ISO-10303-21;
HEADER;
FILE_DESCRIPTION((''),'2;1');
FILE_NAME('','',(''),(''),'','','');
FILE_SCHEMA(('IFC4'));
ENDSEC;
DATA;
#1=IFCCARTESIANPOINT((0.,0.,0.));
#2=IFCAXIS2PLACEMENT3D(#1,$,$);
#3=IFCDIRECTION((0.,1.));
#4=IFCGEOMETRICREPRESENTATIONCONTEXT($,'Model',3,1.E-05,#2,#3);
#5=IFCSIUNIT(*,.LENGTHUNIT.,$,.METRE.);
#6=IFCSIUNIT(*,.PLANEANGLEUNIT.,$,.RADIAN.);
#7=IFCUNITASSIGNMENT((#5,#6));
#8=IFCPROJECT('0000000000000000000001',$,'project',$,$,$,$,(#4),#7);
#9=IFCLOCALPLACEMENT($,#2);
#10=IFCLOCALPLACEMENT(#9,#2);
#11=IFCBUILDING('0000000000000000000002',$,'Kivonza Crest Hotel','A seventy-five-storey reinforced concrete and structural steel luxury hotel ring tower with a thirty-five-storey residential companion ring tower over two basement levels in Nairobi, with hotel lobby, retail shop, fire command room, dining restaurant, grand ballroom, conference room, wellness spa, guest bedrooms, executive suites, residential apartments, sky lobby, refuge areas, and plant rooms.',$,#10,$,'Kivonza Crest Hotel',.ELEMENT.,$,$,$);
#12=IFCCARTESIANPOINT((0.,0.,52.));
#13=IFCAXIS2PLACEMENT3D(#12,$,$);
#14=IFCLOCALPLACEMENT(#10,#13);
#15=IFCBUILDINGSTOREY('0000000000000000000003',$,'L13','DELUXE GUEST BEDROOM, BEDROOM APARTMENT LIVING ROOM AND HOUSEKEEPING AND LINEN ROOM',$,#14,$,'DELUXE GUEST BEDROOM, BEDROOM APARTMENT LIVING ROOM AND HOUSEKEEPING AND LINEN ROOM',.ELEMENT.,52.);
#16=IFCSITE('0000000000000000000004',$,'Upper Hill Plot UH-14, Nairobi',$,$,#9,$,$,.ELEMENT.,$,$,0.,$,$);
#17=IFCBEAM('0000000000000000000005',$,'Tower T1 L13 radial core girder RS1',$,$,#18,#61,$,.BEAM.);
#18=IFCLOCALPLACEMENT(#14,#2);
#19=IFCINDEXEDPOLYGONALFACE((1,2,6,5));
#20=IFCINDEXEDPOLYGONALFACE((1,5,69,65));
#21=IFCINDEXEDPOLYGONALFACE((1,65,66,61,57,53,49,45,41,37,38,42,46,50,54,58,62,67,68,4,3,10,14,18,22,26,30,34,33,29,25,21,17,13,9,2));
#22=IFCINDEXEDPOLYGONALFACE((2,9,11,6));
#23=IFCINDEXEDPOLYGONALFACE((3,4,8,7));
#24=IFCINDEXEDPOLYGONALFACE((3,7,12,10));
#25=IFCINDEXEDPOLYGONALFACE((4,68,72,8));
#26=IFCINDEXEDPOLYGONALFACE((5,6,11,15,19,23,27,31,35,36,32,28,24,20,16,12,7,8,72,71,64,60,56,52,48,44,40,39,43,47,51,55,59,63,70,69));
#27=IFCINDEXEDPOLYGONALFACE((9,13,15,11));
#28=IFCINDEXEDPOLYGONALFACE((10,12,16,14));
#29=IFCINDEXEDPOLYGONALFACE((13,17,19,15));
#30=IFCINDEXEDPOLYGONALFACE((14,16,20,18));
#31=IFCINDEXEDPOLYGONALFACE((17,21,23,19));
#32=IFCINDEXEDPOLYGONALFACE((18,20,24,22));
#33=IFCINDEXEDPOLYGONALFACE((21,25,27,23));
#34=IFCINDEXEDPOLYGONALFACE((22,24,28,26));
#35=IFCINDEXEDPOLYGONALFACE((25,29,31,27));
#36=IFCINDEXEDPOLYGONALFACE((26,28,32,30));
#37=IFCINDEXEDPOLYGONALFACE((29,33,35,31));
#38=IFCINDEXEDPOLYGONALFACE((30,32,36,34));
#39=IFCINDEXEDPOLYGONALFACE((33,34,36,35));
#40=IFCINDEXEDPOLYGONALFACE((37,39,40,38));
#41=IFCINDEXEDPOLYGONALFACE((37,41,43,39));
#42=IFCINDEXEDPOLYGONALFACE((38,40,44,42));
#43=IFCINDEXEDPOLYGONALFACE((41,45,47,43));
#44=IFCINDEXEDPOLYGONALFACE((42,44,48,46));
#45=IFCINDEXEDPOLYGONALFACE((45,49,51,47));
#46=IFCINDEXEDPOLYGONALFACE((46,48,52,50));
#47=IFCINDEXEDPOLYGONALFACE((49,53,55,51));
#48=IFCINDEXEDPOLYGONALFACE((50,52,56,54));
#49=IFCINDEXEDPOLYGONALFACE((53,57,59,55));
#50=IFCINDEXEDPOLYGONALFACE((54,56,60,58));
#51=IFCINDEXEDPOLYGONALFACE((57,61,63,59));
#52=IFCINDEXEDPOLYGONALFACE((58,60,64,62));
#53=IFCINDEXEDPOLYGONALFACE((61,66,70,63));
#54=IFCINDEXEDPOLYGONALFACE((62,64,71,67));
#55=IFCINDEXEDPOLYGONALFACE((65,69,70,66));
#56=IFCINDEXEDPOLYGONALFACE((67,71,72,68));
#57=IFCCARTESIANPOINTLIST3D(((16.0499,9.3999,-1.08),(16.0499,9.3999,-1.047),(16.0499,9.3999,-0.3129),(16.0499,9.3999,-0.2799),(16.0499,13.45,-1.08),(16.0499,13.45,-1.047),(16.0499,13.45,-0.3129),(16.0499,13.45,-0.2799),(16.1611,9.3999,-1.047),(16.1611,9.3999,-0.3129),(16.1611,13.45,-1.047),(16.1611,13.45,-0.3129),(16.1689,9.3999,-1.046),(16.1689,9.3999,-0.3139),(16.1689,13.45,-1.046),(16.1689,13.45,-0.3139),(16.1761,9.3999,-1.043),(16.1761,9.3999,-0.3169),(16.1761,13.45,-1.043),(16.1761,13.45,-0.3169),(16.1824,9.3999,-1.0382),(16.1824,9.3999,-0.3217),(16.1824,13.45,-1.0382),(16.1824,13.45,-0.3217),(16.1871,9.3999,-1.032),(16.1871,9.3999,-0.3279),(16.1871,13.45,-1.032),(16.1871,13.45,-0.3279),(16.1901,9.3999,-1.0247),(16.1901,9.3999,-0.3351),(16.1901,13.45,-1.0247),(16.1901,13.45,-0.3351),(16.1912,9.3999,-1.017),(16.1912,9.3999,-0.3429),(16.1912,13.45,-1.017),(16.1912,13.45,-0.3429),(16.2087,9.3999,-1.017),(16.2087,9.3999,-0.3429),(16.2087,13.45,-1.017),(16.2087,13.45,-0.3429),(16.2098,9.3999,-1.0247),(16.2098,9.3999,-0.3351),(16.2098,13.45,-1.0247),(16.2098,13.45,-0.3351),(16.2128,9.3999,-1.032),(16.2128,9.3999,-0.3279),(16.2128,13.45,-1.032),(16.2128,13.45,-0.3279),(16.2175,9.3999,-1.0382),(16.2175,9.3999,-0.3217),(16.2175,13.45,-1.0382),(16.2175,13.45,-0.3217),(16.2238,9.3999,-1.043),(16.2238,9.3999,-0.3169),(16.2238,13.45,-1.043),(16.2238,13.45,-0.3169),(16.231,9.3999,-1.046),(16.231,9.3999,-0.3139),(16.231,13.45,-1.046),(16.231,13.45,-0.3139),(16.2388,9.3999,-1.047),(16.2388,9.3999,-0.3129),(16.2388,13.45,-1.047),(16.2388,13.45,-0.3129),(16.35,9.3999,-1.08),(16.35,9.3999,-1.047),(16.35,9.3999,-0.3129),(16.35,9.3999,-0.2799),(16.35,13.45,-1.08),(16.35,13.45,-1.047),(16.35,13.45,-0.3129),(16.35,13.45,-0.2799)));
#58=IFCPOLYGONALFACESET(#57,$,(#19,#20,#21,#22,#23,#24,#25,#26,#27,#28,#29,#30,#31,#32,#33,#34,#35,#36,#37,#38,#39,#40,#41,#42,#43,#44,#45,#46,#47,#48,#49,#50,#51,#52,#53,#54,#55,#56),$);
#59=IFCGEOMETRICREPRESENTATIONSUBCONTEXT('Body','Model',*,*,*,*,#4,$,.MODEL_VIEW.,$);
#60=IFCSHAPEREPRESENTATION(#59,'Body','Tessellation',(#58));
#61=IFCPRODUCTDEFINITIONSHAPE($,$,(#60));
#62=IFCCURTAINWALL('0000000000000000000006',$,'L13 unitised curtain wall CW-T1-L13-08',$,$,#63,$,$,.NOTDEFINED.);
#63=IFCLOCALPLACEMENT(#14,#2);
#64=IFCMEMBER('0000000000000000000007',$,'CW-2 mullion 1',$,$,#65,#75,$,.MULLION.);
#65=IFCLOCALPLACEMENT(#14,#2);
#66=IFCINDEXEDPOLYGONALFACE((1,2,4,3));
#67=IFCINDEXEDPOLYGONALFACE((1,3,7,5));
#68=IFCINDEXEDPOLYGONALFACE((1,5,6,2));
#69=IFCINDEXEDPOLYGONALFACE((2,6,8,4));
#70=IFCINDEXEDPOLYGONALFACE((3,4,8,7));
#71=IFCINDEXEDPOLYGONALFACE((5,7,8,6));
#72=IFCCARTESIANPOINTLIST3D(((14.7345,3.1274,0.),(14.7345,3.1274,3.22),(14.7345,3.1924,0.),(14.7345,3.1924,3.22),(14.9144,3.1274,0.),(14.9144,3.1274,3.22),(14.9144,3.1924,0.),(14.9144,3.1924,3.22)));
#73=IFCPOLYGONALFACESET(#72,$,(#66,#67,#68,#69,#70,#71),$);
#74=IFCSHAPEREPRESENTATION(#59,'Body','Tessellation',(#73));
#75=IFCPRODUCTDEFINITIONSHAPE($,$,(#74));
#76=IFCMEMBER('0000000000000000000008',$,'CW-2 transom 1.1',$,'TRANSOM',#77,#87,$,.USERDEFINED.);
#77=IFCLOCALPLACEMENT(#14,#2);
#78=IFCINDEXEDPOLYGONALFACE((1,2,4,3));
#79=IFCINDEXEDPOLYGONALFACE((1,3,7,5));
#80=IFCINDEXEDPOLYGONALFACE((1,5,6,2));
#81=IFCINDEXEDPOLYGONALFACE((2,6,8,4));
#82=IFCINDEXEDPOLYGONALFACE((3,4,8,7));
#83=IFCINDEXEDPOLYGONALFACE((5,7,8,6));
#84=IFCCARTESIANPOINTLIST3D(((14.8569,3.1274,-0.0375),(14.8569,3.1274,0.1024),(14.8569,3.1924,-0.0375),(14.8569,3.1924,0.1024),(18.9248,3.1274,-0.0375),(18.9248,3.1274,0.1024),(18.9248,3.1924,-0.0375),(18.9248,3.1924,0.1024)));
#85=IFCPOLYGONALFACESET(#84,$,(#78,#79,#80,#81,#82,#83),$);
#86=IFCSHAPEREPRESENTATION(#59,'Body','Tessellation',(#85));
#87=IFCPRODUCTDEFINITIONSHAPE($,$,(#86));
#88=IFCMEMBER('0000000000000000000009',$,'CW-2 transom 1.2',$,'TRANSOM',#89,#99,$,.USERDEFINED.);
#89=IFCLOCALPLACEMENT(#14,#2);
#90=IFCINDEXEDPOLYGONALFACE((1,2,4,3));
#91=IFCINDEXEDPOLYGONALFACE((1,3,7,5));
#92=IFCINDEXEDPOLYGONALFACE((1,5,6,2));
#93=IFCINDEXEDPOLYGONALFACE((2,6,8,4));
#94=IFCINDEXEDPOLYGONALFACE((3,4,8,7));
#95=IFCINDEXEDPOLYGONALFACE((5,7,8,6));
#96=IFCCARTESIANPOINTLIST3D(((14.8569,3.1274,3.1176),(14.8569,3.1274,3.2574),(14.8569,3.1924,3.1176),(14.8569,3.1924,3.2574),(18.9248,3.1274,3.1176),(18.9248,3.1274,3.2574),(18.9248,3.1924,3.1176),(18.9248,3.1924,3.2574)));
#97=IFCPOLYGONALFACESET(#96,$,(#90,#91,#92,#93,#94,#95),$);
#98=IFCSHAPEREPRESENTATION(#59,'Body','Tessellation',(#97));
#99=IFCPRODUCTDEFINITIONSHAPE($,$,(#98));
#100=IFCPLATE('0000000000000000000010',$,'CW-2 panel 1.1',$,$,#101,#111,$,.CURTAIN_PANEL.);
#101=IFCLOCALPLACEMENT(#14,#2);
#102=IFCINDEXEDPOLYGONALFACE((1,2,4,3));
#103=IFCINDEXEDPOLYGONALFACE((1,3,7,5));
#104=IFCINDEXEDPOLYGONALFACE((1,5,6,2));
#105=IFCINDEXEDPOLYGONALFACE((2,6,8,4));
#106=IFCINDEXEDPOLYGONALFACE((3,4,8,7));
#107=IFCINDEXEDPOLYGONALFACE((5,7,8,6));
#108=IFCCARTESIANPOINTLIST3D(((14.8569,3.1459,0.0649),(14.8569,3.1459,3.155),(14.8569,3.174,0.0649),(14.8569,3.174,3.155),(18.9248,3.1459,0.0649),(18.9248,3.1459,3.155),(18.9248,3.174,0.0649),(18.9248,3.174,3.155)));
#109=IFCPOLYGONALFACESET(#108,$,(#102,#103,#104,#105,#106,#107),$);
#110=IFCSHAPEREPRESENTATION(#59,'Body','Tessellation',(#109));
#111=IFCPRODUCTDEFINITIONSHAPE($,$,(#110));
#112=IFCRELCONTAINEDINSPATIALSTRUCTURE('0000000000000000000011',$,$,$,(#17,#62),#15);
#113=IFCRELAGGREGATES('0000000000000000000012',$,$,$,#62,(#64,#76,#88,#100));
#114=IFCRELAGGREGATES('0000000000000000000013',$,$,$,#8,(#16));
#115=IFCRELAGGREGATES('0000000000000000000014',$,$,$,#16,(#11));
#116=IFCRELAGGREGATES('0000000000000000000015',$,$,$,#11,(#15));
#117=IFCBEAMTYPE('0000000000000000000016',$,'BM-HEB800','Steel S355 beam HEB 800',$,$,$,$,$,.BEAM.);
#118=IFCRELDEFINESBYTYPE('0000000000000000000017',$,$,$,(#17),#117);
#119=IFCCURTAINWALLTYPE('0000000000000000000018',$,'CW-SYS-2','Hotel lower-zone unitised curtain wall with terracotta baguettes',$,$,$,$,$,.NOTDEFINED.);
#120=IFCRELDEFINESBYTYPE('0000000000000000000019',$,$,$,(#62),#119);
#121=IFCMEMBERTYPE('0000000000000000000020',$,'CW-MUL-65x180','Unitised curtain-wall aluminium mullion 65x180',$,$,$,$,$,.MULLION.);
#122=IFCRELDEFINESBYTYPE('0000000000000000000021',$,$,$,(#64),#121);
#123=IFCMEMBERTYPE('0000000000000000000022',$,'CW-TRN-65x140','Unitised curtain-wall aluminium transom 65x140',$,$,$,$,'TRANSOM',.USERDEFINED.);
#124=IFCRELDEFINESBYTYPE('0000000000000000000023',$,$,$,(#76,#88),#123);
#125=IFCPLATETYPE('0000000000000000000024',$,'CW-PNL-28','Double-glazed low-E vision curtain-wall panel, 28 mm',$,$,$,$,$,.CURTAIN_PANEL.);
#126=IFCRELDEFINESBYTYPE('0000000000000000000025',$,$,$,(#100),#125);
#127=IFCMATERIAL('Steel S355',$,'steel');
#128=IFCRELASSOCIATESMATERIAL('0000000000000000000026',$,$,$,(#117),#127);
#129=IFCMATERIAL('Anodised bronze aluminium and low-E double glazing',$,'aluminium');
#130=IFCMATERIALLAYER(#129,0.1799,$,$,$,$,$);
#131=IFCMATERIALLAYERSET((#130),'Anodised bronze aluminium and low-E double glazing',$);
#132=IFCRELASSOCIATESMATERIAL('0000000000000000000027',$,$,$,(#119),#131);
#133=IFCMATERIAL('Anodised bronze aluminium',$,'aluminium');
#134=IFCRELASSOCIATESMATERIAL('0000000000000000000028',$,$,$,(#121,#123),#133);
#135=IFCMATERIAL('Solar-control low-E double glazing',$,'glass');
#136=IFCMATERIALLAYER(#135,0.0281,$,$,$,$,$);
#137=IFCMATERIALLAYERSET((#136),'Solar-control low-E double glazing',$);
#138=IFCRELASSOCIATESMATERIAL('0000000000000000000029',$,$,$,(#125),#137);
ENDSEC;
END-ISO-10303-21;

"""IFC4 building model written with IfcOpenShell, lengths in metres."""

from ifc_helpers import new_model, si_unit, direction, frame, origin, origin_2d, place, context, subcontext, project, spatial, rectangle, i_section, extrude, material, layer, layer_set, material_profile, profile_set, type_object, element, aggregate, save


model = new_model("IFC4")

# Units and contexts
model_context = context("Model", 3, precision=1e-05, world=origin(), true_north=direction((0.0, 1.0)))
body_context = subcontext(model_context, "Body", "Model", "MODEL_VIEW")
ifc_project = project(units=[si_unit("LENGTHUNIT", "METRE"), si_unit("PLANEANGLEUNIT", "RADIAN")], contexts=[model_context])

# Site, building, storey
site_placement = place(None, origin())
site = spatial("IfcSite", under=ifc_project, at=site_placement, Name="Upper Hill Plot UH-14, Nairobi", CompositionType="ELEMENT", RefElevation=0.0)
building_placement = place(site_placement, origin())
building = spatial("IfcBuilding", under=site, at=building_placement, Name="Kivonza Crest Hotel", Description="A seventy-five-storey reinforced concrete and structural steel luxury hotel ring tower with a thirty-five-storey residential companion ring tower over two basement levels in Nairobi, with hotel lobby, retail shop, fire command room, dining restaurant, grand ballroom, conference room, wellness spa, guest bedrooms, executive suites, residential apartments, sky lobby, refuge areas, and plant rooms.", LongName="Kivonza Crest Hotel", CompositionType="ELEMENT")
storey_placement = place(building_placement, frame((0.0, 0.0, 52.0)))
storey = spatial("IfcBuildingStorey", under=building, at=storey_placement, Name="L13", Description="DELUXE GUEST BEDROOM, BEDROOM APARTMENT LIVING ROOM AND HOUSEKEEPING AND LINEN ROOM", LongName="DELUXE GUEST BEDROOM, BEDROOM APARTMENT LIVING ROOM AND HOUSEKEEPING AND LINEN ROOM", CompositionType="ELEMENT", Elevation=52.0)

# Beam
ifc_material_1 = material(Name="Steel S355", Category="steel")
ifc_material_profile_1 = material_profile(ifc_material_1, i_section(OverallWidth=0.3, OverallDepth=0.8, WebThickness=0.0176, FlangeThickness=0.033, FilletRadius=0.03, at=origin_2d()), Name="HEB 800")
ifc_profile_set_1 = profile_set([ifc_material_profile_1], Name="Steel S355")
beam_type_1 = type_object("IfcBeamType", Name="BM-HEB800", Description="Steel S355 beam HEB 800", PredefinedType="BEAM", material=ifc_profile_set_1)
beam_1_placement = place(storey_placement, frame((16.2, 9.3999, -0.6799), z_axis=(0.0, 1.0, 0.0), x_axis=(-1.0, 0.0, 0.0)))
element("IfcBeam", 1, at=beam_1_placement, inside=storey, type_object=beam_type_1, Name="Tower T1 L13 radial core girder RS1", PredefinedType="BEAM", context=body_context, shape_type="SweptSolid", body=[
    extrude(i_section(OverallWidth=0.3, OverallDepth=0.8, WebThickness=0.0176, FlangeThickness=0.033, FilletRadius=0.03, at=origin_2d()), origin(), (0.0, 0.0, 1.0), 4.05),
])

# Curtain wall, members, plate
ifc_material_2 = material(Name="Anodised bronze aluminium and low-E double glazing", Category="aluminium")
ifc_layer_1 = layer(ifc_material_2, 0.1799)
ifc_layer_set_1 = layer_set([ifc_layer_1], Name="Anodised bronze aluminium and low-E double glazing")
curtain_wall_type = type_object("IfcCurtainWallType", Name="CW-SYS-2", Description="Hotel lower-zone unitised curtain wall with terracotta baguettes", PredefinedType="NOTDEFINED", material=ifc_layer_set_1)
curtain_wall_placement = place(storey_placement, origin())
curtain_wall = element("IfcCurtainWall", 2, at=curtain_wall_placement, inside=storey, type_object=curtain_wall_type, Name="L13 unitised curtain wall CW-T1-L13-08", PredefinedType="NOTDEFINED")
ifc_material_3 = material(Name="Anodised bronze aluminium", Category="aluminium")
ifc_material_profile_2 = material_profile(ifc_material_3, rectangle(XDim=0.0649, YDim=0.1799, at=origin_2d()), Name="CW-M 65x180")
ifc_profile_set_2 = profile_set([ifc_material_profile_2], Name="Anodised bronze aluminium")
member_type_1 = type_object("IfcMemberType", Name="CW-MUL-65x180", Description="Unitised curtain-wall aluminium mullion 65x180", PredefinedType="MULLION", material=ifc_profile_set_2)
member_1_placement = place(storey_placement, frame((14.8245, 3.1599, 0.0), z_axis=(0.0, 0.0, 1.0), x_axis=(0.0, 1.0, 0.0)))
member_1 = element("IfcMember", 3, at=member_1_placement, type_object=member_type_1, Name="CW-2 mullion 1", PredefinedType="MULLION", context=body_context, shape_type="SweptSolid", body=[
    extrude(rectangle(XDim=0.0649, YDim=0.1799, at=origin_2d()), origin(), (0.0, 0.0, 1.0), 3.22),
])
ifc_material_profile_3 = material_profile(ifc_material_3, rectangle(XDim=0.0649, YDim=0.1399, at=origin_2d()), Name="CW-T 65x140")
ifc_profile_set_3 = profile_set([ifc_material_profile_3], Name="Anodised bronze aluminium")
member_type_2 = type_object("IfcMemberType", Name="CW-TRN-65x140", Description="Unitised curtain-wall aluminium transom 65x140", ElementType="TRANSOM", PredefinedType="USERDEFINED", material=ifc_profile_set_3)
member_2_placement = place(storey_placement, frame((14.8569, 3.1599, 0.0325), z_axis=(1.0, 0.0, 0.0), x_axis=(0.0, 1.0, 0.0)))
member_2 = element("IfcMember", 4, at=member_2_placement, type_object=member_type_2, Name="CW-2 transom 1.1", ObjectType="TRANSOM", PredefinedType="USERDEFINED", context=body_context, shape_type="SweptSolid", body=[
    extrude(rectangle(XDim=0.0649, YDim=0.1399, at=origin_2d()), origin(), (0.0, 0.0, 1.0), 4.0679),
])
member_3_placement = place(storey_placement, frame((14.8569, 3.1599, 3.1875), z_axis=(1.0, 0.0, 0.0), x_axis=(0.0, 1.0, 0.0)))
member_3 = element("IfcMember", 5, at=member_3_placement, type_object=member_type_2, Name="CW-2 transom 1.2", ObjectType="TRANSOM", PredefinedType="USERDEFINED", context=body_context, shape_type="SweptSolid", body=[
    extrude(rectangle(XDim=0.0649, YDim=0.1399, at=origin_2d()), origin(), (0.0, 0.0, 1.0), 4.0679),
])
ifc_material_4 = material(Name="Solar-control low-E double glazing", Category="glass")
ifc_layer_2 = layer(ifc_material_4, 0.0281)
ifc_layer_set_2 = layer_set([ifc_layer_2], Name="Solar-control low-E double glazing")
plate_type = type_object("IfcPlateType", Name="CW-PNL-28", Description="Double-glazed low-E vision curtain-wall panel, 28 mm", PredefinedType="CURTAIN_PANEL", material=ifc_layer_set_2)
plate_placement = place(storey_placement, frame((16.8909, 3.1599, 0.0649), z_axis=(0.0, 0.0, 1.0), x_axis=(1.0, 0.0, 0.0)))
plate = element("IfcPlate", 6, at=plate_placement, type_object=plate_type, Name="CW-2 panel 1.1", PredefinedType="CURTAIN_PANEL", context=body_context, shape_type="SweptSolid", body=[
    extrude(rectangle(XDim=4.0679, YDim=0.0281, at=origin_2d()), origin(), (0.0, 0.0, 1.0), 3.0901),
])
aggregate(curtain_wall, [member_1, member_2, member_3, plate])

save(model, "model.ifc")
